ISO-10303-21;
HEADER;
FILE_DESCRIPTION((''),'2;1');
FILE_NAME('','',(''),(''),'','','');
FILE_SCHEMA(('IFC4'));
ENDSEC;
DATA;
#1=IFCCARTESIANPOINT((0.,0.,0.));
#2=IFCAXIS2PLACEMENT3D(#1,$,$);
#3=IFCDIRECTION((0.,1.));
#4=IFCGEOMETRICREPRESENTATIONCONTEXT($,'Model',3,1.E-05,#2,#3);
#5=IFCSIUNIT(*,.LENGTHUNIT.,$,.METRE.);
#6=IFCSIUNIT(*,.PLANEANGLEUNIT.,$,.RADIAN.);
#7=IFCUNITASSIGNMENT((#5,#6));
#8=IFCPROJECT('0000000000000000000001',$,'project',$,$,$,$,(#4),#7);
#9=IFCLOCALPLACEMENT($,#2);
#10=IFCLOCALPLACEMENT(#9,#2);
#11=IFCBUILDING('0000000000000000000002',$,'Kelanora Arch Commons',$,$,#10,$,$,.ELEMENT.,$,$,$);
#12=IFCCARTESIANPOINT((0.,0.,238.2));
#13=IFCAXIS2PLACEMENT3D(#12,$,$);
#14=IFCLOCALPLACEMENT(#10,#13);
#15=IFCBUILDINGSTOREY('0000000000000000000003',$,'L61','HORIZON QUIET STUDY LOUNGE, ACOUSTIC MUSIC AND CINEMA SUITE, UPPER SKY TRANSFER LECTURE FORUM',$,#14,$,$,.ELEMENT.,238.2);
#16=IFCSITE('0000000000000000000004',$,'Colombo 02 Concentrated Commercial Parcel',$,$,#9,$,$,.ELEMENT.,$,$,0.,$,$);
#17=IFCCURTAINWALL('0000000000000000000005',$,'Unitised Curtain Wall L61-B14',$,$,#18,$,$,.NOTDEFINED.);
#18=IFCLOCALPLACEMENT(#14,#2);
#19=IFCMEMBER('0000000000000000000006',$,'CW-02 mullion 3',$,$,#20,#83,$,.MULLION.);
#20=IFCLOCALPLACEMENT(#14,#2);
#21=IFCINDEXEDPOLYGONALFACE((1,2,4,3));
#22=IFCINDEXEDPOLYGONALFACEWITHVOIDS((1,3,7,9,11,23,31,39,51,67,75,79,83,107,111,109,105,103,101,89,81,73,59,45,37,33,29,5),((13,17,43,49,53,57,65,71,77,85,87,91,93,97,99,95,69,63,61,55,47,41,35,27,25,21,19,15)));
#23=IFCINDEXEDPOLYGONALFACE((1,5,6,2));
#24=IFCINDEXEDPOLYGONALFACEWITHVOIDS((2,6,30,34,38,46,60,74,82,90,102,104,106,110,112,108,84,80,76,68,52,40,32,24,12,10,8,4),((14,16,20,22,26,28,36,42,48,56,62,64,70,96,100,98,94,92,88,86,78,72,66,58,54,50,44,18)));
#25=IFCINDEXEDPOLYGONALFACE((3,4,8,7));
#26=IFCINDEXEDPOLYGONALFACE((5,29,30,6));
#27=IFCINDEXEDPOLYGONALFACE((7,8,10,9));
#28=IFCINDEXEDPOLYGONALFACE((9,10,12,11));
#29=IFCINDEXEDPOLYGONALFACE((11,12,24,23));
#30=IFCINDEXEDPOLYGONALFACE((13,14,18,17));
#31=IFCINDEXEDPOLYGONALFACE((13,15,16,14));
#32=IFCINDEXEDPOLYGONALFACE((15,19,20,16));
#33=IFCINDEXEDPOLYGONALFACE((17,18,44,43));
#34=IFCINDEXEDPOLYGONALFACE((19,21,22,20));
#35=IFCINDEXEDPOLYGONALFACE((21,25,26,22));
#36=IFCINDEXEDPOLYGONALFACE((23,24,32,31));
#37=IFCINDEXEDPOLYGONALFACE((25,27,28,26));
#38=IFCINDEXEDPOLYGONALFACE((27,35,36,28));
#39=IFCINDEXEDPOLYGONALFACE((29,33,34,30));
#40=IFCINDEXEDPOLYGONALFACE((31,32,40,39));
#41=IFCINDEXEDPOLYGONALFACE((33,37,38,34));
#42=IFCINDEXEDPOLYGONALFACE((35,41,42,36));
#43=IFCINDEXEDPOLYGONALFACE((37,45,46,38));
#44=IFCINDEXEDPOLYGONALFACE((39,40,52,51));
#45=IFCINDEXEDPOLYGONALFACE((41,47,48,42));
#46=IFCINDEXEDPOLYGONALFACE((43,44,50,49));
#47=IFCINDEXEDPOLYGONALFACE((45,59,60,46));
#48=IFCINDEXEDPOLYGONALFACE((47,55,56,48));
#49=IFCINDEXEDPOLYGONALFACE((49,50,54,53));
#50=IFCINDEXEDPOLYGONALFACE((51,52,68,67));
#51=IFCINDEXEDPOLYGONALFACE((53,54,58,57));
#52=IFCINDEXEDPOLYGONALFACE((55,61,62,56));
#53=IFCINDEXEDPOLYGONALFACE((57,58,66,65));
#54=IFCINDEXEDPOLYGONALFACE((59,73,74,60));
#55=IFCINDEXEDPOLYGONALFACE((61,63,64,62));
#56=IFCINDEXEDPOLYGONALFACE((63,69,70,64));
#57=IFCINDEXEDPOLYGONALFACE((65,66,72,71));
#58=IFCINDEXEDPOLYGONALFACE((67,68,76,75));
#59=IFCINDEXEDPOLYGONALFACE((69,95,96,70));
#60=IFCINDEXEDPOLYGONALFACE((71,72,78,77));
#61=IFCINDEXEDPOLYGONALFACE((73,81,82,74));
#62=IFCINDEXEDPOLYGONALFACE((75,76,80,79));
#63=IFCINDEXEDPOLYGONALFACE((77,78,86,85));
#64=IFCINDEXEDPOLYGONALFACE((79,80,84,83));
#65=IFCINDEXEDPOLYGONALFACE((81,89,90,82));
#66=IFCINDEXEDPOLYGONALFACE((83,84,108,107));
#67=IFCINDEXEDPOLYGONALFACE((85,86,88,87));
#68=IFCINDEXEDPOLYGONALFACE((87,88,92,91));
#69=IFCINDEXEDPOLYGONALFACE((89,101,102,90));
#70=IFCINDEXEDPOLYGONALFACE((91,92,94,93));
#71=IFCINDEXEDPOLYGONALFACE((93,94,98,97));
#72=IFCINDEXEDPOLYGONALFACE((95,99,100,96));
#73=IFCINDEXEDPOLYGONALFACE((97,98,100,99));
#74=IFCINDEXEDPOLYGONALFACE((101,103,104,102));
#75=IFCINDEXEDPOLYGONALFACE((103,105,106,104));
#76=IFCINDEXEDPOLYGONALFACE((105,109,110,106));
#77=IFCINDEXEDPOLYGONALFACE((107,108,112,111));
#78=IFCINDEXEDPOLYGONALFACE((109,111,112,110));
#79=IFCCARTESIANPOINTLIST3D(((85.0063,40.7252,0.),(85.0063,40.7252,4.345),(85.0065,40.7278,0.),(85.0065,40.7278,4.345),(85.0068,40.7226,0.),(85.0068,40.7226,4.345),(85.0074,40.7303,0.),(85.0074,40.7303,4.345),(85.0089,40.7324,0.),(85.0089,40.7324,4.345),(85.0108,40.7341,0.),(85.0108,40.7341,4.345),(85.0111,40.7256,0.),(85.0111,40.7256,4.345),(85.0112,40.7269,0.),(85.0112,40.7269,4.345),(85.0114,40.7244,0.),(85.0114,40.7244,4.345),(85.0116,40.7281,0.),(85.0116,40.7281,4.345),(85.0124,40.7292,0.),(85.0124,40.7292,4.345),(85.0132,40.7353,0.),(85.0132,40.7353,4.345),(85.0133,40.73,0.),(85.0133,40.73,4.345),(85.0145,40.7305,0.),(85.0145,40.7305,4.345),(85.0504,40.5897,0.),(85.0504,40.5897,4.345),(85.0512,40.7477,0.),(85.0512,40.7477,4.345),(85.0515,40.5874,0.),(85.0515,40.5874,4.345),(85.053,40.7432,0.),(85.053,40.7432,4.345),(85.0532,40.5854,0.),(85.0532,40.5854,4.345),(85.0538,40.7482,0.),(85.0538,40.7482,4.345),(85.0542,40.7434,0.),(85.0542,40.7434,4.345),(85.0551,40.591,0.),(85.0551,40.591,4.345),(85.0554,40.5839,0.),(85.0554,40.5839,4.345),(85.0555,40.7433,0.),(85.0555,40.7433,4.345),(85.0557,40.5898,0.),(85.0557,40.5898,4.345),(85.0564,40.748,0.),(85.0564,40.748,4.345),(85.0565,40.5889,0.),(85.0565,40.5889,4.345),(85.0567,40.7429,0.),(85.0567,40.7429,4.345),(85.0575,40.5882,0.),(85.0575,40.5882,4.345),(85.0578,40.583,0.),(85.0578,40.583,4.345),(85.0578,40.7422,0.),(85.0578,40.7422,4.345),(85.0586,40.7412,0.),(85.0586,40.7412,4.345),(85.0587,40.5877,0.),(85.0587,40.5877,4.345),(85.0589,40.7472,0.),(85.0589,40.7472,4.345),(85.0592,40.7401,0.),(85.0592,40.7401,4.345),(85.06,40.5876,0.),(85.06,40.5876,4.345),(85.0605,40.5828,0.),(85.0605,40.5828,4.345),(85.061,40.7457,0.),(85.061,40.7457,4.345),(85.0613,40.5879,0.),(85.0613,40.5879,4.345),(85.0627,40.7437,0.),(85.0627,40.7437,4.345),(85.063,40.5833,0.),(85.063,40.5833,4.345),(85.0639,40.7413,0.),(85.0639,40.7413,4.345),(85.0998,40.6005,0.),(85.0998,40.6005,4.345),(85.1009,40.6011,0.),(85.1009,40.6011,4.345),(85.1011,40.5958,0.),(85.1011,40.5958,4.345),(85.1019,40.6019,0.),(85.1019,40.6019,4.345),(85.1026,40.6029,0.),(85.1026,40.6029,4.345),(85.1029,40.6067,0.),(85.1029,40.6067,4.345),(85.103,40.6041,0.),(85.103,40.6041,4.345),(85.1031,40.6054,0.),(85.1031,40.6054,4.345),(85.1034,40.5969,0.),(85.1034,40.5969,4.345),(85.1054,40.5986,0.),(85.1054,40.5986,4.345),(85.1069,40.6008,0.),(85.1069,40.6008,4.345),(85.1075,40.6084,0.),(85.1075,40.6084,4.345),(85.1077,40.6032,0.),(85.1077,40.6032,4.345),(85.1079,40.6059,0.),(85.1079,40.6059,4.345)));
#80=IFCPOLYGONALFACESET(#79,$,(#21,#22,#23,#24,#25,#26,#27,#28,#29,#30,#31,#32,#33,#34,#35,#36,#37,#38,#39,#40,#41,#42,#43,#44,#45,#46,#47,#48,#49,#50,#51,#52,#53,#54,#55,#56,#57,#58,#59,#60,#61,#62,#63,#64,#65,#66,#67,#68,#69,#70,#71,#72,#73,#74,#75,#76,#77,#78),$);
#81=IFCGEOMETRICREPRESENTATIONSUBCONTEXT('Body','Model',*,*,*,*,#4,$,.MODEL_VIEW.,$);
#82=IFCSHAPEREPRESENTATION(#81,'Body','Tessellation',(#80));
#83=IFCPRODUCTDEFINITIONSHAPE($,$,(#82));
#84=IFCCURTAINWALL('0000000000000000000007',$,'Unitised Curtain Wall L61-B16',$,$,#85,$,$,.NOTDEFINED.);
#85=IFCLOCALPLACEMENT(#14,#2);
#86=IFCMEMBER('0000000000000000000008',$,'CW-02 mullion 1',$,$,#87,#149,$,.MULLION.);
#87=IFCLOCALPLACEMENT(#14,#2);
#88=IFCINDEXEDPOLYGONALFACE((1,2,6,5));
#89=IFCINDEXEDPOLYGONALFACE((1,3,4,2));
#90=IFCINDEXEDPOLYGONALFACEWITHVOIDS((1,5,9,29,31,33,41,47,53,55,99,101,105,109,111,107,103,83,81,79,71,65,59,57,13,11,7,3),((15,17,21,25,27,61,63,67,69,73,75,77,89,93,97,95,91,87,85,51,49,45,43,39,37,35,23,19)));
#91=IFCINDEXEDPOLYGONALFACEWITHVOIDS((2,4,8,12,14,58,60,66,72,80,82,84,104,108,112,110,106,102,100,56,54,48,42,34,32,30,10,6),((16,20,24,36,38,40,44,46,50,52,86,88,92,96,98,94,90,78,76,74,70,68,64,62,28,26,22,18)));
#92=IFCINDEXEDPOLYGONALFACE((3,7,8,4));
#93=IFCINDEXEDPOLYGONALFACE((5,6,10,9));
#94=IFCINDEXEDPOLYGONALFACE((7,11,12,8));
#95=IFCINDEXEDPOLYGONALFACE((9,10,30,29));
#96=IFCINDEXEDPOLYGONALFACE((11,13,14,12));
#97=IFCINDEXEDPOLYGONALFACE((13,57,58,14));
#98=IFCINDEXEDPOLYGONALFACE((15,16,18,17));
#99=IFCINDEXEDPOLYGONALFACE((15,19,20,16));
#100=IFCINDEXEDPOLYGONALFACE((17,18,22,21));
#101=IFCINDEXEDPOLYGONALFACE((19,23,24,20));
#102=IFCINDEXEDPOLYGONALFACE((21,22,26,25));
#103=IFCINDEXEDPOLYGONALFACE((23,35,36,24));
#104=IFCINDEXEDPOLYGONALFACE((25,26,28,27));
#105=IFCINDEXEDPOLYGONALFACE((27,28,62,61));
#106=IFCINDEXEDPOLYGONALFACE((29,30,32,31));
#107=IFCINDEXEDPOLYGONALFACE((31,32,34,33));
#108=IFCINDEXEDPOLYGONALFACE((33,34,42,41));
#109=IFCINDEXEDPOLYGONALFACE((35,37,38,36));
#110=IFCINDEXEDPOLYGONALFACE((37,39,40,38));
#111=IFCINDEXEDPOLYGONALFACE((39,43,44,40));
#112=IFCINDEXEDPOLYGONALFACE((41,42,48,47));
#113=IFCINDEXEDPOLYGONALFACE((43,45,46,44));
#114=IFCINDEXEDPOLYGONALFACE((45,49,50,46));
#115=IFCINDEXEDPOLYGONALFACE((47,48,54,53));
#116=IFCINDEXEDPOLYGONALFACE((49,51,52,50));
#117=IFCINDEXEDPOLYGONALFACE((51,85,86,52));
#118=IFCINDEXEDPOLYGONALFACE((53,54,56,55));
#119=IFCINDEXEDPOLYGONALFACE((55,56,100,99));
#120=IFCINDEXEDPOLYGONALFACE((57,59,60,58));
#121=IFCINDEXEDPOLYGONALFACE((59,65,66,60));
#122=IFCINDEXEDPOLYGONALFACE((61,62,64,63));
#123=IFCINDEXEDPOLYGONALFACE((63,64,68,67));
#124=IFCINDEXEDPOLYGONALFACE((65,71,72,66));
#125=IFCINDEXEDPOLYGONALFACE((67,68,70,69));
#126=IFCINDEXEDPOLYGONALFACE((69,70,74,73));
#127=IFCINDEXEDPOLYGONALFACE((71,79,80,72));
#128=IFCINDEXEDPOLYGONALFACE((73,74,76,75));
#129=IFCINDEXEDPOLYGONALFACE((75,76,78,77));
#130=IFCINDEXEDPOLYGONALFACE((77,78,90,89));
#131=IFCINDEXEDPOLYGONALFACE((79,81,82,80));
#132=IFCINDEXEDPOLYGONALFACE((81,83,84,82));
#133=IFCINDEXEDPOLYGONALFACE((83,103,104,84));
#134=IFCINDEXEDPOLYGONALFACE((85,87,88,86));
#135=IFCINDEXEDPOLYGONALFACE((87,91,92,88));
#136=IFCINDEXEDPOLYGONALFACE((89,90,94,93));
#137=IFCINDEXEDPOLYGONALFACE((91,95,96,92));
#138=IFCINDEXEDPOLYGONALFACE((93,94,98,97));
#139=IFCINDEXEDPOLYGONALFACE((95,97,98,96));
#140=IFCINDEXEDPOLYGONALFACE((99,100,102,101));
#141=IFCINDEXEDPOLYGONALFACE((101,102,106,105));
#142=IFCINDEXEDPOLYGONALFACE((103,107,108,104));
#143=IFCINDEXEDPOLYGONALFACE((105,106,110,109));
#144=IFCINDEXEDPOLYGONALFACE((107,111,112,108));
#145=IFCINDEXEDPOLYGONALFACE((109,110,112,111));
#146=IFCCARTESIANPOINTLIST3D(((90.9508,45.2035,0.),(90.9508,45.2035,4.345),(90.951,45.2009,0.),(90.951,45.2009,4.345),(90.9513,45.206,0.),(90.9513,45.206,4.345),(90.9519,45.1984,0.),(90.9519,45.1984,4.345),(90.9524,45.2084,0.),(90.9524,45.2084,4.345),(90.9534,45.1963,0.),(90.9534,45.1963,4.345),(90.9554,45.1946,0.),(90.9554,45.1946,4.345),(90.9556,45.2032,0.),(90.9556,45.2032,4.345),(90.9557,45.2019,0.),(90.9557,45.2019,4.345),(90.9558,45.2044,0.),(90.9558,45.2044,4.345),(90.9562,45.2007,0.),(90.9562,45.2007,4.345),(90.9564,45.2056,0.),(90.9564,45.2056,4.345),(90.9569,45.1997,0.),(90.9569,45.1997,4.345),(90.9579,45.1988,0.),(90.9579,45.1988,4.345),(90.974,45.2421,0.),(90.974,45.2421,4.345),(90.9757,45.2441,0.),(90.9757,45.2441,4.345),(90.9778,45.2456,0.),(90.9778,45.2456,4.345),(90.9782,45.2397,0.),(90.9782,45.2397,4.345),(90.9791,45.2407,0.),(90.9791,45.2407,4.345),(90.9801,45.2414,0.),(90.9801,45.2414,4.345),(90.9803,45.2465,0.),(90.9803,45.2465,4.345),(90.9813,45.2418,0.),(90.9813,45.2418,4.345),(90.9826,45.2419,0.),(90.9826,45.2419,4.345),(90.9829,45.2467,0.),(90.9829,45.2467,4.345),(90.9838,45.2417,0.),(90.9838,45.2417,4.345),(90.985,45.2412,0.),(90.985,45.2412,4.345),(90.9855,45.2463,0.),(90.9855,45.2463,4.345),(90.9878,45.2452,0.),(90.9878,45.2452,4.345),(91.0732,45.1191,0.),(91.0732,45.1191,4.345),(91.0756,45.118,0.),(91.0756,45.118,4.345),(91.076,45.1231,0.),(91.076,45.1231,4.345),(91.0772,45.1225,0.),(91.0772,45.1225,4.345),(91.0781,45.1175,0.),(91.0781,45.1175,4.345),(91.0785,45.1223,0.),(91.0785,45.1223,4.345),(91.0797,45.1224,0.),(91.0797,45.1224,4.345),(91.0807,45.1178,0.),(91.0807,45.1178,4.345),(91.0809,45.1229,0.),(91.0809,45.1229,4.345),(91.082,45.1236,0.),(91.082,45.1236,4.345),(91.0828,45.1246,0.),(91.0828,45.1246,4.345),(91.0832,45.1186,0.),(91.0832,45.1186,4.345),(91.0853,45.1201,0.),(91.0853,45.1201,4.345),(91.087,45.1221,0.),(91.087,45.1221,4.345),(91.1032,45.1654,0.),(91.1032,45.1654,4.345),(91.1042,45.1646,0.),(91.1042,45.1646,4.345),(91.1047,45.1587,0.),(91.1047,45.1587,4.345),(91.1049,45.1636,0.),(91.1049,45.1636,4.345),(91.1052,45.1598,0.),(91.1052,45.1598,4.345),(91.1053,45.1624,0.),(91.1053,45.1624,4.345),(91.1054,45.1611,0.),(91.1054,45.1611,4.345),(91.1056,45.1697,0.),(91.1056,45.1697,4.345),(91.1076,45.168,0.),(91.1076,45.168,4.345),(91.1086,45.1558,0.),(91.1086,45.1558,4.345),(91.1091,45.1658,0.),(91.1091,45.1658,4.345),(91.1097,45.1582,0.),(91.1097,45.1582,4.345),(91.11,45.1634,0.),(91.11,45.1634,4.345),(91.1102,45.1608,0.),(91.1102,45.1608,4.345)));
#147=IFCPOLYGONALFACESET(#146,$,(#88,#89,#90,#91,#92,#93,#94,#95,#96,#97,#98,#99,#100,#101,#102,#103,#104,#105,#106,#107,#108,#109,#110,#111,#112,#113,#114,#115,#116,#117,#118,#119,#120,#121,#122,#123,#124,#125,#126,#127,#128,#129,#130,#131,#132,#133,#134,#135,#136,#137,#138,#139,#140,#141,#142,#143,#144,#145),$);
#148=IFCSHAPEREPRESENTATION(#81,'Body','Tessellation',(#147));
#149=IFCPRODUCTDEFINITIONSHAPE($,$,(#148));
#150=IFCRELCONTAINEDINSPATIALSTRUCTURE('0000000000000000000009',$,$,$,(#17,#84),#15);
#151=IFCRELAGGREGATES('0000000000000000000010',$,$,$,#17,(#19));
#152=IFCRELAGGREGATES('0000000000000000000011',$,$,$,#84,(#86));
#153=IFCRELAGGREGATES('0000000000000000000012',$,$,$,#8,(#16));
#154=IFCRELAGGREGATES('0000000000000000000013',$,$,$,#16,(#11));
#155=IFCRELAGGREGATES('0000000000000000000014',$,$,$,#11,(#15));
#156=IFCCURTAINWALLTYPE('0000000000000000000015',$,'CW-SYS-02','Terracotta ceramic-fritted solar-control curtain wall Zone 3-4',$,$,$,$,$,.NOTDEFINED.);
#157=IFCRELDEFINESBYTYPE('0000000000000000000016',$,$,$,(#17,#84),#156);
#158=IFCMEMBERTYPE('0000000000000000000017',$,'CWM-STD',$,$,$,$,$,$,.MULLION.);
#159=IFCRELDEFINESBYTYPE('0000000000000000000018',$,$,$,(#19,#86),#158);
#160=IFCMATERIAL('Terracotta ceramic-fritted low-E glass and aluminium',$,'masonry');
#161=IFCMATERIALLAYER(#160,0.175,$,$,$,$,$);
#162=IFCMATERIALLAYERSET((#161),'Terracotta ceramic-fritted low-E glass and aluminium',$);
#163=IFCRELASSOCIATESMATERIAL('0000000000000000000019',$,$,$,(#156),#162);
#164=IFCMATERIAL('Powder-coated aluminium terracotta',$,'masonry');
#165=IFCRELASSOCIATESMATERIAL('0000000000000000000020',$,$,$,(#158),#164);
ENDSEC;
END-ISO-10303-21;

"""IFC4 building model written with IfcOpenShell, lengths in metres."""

from ifc_helpers import new_model, si_unit, direction, frame, origin, origin_2d, place, context, subcontext, project, spatial, hollow_rectangle, extrude, material, layer, layer_set, material_profile, profile_set, type_object, element, aggregate, save


model = new_model("IFC4")

# Units and contexts
model_context = context("Model", 3, precision=1e-05, world=origin(), true_north=direction((0.0, 1.0)))
body_context = subcontext(model_context, "Body", "Model", "MODEL_VIEW")
ifc_project = project(units=[si_unit("LENGTHUNIT", "METRE"), si_unit("PLANEANGLEUNIT", "RADIAN")], contexts=[model_context])

# Site, building, storey
site_placement = place(None, origin())
site = spatial("IfcSite", under=ifc_project, at=site_placement, Name="Colombo 02 Concentrated Commercial Parcel", CompositionType="ELEMENT", RefElevation=0.0)
building_placement = place(site_placement, origin())
building = spatial("IfcBuilding", under=site, at=building_placement, Name="Kelanora Arch Commons", CompositionType="ELEMENT")
storey_placement = place(building_placement, frame((0.0, 0.0, 238.2)))
storey = spatial("IfcBuildingStorey", under=building, at=storey_placement, Name="L61", Description="HORIZON QUIET STUDY LOUNGE, ACOUSTIC MUSIC AND CINEMA SUITE, UPPER SKY TRANSFER LECTURE FORUM", CompositionType="ELEMENT", Elevation=238.2)

# Curtain wall, member
ifc_material_1 = material(Name="Terracotta ceramic-fritted low-E glass and aluminium", Category="masonry")
ifc_layer_1 = layer(ifc_material_1, 0.175)
ifc_layer_set_1 = layer_set([ifc_layer_1], Name="Terracotta ceramic-fritted low-E glass and aluminium")
curtain_wall_type = type_object("IfcCurtainWallType", Name="CW-SYS-02", Description="Terracotta ceramic-fritted solar-control curtain wall Zone 3-4", PredefinedType="NOTDEFINED", material=ifc_layer_set_1)
curtain_wall_1_placement = place(storey_placement, origin())
curtain_wall_1 = element("IfcCurtainWall", 1, at=curtain_wall_1_placement, inside=storey, type_object=curtain_wall_type, Name="Unitised Curtain Wall L61-B14", PredefinedType="NOTDEFINED")
ifc_material_2 = material(Name="Powder-coated aluminium terracotta", Category="masonry")
ifc_material_profile_1 = material_profile(ifc_material_2, hollow_rectangle(XDim=0.1599, YDim=0.0601, WallThickness=0.0049, InnerFilletRadius=0.0049, OuterFilletRadius=0.01, at=origin_2d()), Name="CWM160x60")
ifc_profile_set_1 = profile_set([ifc_material_profile_1], Name="Powder-coated aluminium terracotta")
member_type_1 = type_object("IfcMemberType", Name="CWM-STD", PredefinedType="MULLION", material=ifc_profile_set_1)
member_1_placement = place(storey_placement, frame((85.0571, 40.6655, 0.0), z_axis=(0.0, 0.0, 1.0), x_axis=(-0.311582, 0.950219, 0.0)))
member_1 = element("IfcMember", 2, at=member_1_placement, type_object=member_type_1, Name="CW-02 mullion 3", PredefinedType="MULLION", context=body_context, shape_type="SweptSolid", body=[
    extrude(hollow_rectangle(XDim=0.1599, YDim=0.0601, WallThickness=0.0049, InnerFilletRadius=0.0049, OuterFilletRadius=0.01, at=origin_2d()), origin(), (0.0, 0.0, 1.0), 4.345),
])

# Curtain wall, member
curtain_wall_2_placement = place(storey_placement, origin())
curtain_wall_2 = element("IfcCurtainWall", 3, at=curtain_wall_2_placement, inside=storey, type_object=curtain_wall_type, Name="Unitised Curtain Wall L61-B16", PredefinedType="NOTDEFINED")
member_2_placement = place(storey_placement, frame((91.0305, 45.1821, 0.0), z_axis=(0.0, 0.0, 1.0), x_axis=(-0.841948, 0.539559, 0.0)))
member_2 = element("IfcMember", 4, at=member_2_placement, type_object=member_type_1, Name="CW-02 mullion 1", PredefinedType="MULLION", context=body_context, shape_type="SweptSolid", body=[
    extrude(hollow_rectangle(XDim=0.1599, YDim=0.0601, WallThickness=0.0049, InnerFilletRadius=0.0049, OuterFilletRadius=0.01, at=origin_2d()), origin(), (0.0, 0.0, 1.0), 4.345),
])

aggregate(curtain_wall_1, [member_1])
aggregate(curtain_wall_2, [member_2])

save(model, "model.ifc")
